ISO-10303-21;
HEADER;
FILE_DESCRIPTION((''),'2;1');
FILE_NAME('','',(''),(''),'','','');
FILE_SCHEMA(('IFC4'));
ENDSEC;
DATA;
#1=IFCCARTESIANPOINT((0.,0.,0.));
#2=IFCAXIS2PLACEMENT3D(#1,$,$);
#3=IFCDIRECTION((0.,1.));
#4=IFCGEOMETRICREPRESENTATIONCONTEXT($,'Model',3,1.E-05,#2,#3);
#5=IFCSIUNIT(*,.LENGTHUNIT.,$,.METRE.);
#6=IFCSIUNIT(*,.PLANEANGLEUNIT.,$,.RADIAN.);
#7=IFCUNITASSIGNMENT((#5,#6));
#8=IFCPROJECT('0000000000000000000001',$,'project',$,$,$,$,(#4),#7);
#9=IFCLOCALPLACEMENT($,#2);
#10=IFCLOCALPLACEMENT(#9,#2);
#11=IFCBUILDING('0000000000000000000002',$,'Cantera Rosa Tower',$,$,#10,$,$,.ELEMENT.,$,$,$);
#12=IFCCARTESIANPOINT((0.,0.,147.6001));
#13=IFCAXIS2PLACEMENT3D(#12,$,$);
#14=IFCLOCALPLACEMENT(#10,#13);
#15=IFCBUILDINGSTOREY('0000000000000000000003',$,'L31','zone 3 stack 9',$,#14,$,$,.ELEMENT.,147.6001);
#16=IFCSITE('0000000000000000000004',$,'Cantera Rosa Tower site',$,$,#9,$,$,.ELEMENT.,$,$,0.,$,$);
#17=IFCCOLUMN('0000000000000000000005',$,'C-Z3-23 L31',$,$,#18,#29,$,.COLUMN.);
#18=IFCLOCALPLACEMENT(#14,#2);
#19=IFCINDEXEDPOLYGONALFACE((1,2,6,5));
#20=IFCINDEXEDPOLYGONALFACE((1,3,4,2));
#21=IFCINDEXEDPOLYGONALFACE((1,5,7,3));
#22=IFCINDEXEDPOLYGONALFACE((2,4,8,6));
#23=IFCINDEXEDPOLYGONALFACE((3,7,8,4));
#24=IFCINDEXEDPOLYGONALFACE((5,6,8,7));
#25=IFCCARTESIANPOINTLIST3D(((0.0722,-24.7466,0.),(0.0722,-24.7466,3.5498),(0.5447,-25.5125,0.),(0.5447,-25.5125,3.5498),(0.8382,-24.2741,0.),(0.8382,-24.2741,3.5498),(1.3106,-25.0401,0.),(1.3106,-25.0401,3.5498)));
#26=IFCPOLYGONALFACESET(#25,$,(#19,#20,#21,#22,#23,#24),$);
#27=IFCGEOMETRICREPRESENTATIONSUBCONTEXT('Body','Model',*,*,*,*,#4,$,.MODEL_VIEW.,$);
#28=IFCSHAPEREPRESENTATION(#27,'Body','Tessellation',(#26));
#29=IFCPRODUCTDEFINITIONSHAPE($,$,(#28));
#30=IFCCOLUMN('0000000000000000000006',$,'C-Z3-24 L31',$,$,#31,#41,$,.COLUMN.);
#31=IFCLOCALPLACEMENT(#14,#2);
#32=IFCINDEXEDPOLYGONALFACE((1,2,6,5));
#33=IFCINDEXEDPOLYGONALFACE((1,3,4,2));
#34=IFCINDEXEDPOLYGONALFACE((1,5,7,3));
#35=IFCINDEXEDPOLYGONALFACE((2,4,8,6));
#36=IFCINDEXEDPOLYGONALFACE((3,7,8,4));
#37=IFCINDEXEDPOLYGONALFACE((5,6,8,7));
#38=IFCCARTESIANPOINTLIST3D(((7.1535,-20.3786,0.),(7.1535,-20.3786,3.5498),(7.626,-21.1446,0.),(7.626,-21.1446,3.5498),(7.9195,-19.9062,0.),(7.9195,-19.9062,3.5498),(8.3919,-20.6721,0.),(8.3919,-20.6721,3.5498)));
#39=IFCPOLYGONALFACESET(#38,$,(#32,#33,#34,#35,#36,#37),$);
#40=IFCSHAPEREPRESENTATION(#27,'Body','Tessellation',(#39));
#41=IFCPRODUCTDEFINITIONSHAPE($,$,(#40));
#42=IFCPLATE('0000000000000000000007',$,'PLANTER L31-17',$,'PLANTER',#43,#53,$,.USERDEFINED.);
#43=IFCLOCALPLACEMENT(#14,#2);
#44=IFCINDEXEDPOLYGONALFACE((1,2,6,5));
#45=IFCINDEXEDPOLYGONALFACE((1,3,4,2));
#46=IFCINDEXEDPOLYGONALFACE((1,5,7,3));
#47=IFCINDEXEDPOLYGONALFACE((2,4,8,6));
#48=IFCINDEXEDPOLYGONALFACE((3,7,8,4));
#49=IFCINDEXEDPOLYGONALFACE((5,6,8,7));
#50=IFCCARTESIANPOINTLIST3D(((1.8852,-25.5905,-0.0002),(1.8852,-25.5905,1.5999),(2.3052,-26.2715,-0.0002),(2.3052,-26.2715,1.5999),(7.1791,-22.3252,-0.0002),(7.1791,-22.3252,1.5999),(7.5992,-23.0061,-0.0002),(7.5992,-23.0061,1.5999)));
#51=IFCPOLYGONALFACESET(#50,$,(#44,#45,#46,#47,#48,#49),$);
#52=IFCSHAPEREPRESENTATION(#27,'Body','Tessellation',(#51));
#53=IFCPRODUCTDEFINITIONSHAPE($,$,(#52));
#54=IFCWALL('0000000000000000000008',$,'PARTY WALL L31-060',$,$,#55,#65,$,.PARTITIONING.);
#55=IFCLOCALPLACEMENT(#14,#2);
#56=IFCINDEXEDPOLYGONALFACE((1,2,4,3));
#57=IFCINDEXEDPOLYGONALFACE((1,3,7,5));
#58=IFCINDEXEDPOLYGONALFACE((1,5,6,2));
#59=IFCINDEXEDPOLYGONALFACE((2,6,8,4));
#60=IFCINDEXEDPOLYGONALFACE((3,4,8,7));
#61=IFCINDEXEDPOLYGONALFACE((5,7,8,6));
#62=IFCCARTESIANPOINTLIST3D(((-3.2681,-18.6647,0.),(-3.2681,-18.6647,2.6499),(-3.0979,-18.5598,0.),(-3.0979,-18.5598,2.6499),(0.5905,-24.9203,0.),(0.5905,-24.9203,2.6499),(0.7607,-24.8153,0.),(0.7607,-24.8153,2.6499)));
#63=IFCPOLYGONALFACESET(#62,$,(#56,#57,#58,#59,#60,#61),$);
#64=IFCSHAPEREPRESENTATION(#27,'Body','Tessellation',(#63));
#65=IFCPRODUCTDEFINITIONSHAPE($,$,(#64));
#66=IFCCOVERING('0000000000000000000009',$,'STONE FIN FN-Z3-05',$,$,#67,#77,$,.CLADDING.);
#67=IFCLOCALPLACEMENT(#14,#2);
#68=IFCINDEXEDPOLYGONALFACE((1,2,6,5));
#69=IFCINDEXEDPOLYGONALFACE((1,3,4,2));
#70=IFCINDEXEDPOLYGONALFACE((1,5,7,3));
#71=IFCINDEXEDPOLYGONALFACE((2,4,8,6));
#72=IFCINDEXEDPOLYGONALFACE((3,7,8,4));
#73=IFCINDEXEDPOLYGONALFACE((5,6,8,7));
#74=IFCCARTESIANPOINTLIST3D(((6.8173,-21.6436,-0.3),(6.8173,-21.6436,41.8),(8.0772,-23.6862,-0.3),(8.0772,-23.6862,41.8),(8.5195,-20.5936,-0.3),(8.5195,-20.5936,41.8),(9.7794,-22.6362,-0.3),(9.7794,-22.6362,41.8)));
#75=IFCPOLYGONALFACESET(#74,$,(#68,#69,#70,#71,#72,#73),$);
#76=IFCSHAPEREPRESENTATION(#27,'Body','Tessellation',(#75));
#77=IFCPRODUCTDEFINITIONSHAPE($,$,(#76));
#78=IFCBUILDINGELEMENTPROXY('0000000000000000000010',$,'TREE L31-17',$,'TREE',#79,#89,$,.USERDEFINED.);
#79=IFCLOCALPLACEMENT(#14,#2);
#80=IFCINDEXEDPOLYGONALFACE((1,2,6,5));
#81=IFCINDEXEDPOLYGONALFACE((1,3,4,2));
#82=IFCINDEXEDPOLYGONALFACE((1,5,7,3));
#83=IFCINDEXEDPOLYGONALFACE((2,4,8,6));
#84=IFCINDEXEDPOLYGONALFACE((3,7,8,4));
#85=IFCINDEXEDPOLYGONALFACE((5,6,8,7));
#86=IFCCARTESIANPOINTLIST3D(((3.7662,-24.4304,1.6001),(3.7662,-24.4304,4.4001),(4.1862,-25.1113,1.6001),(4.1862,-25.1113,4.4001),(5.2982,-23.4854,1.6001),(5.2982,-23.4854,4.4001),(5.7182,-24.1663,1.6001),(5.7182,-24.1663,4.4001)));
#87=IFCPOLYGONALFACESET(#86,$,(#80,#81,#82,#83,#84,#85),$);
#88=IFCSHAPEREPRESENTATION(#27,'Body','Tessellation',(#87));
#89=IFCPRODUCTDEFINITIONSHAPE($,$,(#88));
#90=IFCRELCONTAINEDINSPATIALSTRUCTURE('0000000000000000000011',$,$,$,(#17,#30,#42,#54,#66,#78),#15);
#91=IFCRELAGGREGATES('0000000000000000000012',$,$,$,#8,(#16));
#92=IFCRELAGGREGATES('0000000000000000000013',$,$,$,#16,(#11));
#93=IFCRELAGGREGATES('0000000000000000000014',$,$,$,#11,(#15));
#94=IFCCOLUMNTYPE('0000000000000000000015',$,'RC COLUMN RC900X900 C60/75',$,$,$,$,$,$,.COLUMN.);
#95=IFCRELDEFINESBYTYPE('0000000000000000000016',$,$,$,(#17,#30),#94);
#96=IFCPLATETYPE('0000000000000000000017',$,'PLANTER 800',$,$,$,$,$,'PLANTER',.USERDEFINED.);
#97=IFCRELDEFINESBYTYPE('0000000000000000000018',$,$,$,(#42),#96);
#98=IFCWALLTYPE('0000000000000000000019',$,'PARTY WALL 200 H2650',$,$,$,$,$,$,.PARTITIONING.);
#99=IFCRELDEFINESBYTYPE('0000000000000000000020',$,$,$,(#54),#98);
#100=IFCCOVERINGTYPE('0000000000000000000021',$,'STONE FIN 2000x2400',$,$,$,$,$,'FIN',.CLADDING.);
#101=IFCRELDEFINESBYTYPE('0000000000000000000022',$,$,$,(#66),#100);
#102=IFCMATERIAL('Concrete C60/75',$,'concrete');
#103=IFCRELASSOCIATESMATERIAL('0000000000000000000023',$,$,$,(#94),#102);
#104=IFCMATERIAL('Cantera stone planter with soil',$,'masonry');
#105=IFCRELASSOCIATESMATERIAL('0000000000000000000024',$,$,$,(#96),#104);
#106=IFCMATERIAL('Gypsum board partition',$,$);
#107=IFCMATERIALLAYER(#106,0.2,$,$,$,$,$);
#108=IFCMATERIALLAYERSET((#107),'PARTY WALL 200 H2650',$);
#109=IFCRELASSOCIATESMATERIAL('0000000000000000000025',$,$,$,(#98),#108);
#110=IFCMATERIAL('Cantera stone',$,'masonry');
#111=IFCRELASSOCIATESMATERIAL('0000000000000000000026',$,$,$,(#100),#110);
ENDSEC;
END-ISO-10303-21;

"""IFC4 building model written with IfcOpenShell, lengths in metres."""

from ifc_helpers import new_model, si_unit, direction, frame, frame_2d, origin, origin_2d, place, context, subcontext, project, spatial, rectangle, extrude, material, layer, layer_set, material_profile, profile_set, type_object, element, save


model = new_model("IFC4")

# Units and contexts
model_context = context("Model", 3, precision=1e-05, world=origin(), true_north=direction((0.0, 1.0)))
body_context = subcontext(model_context, "Body", "Model", "MODEL_VIEW")
ifc_project = project(units=[si_unit("LENGTHUNIT", "METRE"), si_unit("PLANEANGLEUNIT", "RADIAN")], contexts=[model_context])

# Site, building, storey
site_placement = place(None, origin())
site = spatial("IfcSite", under=ifc_project, at=site_placement, Name="Cantera Rosa Tower site", CompositionType="ELEMENT", RefElevation=0.0)
building_placement = place(site_placement, origin())
building = spatial("IfcBuilding", under=site, at=building_placement, Name="Cantera Rosa Tower", CompositionType="ELEMENT")
storey_placement = place(building_placement, frame((0.0, 0.0, 147.6001)))
storey = spatial("IfcBuildingStorey", under=building, at=storey_placement, Name="L31", Description="zone 3 stack 9", CompositionType="ELEMENT", Elevation=147.6001)

# Columns
ifc_material_1 = material(Name="Concrete C60/75", Category="concrete")
ifc_material_profile = material_profile(ifc_material_1, rectangle(XDim=0.8999, YDim=0.8999, at=origin_2d()), Name="RC COLUMN RC900X900 C60/75")
ifc_profile_set = profile_set([ifc_material_profile], Name="Concrete C60/75")
column_type = type_object("IfcColumnType", Name="RC COLUMN RC900X900 C60/75", PredefinedType="COLUMN", material=ifc_profile_set)
for number, where, z_axis, x_axis, name in (
    (1, (0.6914, -24.8933, 0.0), (0.0, 0.0, 1.0), (0.851117, 0.524977, 0.0), "C-Z3-23 L31"),
    (2, (7.7727, -20.5254, 0.0), (0.0, 0.0, 1.0), (0.851117, 0.524977, 0.0), "C-Z3-24 L31"),
):
    element("IfcColumn", number, at=place(storey_placement, frame(where, z_axis=z_axis, x_axis=x_axis)), inside=storey, type_object=column_type, Name=name, PredefinedType="COLUMN", context=body_context, shape_type="SweptSolid", body=[
        extrude(rectangle(XDim=0.8999, YDim=0.8999, at=origin_2d()), origin(), (0.0, 0.0, 1.0), 3.5498),
    ])

# Plate
ifc_material_2 = material(Name="Cantera stone planter with soil", Category="masonry")
plate_type = type_object("IfcPlateType", Name="PLANTER 800", ElementType="PLANTER", PredefinedType="USERDEFINED", material=ifc_material_2)
plate_placement = place(storey_placement, frame((4.7422, -24.2983, -0.0002), z_axis=(0.0, 0.0, 1.0), x_axis=(0.851117, 0.524977, 0.0)))
element("IfcPlate", 3, at=plate_placement, inside=storey, type_object=plate_type, Name="PLANTER L31-17", ObjectType="PLANTER", PredefinedType="USERDEFINED", context=body_context, shape_type="SweptSolid", body=[
    extrude(rectangle(XDim=6.22, YDim=0.8, at=origin_2d()), origin(), (0.0, 0.0, 1.0), 1.6001),
])

# Wall
ifc_material_3 = material(Name="Gypsum board partition")
ifc_layer_1 = layer(ifc_material_3, 0.2)
ifc_layer_set_1 = layer_set([ifc_layer_1], Name="PARTY WALL 200 H2650")
wall_type_1 = type_object("IfcWallType", Name="PARTY WALL 200 H2650", PredefinedType="PARTITIONING", material=ifc_layer_set_1)
wall_1_placement = place(storey_placement, frame((0.6755, -24.8677, 0.0), z_axis=(0.0, 0.0, 1.0), x_axis=(-0.524989, 0.851109, 0.0)))
element("IfcWall", 4, at=wall_1_placement, inside=storey, type_object=wall_type_1, Name="PARTY WALL L31-060", PredefinedType="PARTITIONING", context=body_context, shape_type="SweptSolid", body=[
    extrude(rectangle(XDim=7.3499, YDim=0.2, at=frame_2d((3.6748, 0.0))), origin(), (0.0, 0.0, 1.0), 2.6499),
])

# Covering
ifc_material_4 = material(Name="Cantera stone", Category="masonry")
covering_type = type_object("IfcCoveringType", Name="STONE FIN 2000x2400", ElementType="FIN", PredefinedType="CLADDING", material=ifc_material_4)
covering_placement = place(storey_placement, frame((8.2983, -22.1399, -0.3), z_axis=(0.0, 0.0, 1.0), x_axis=(0.851117, 0.524977, 0.0)))
element("IfcCovering", 5, at=covering_placement, inside=storey, type_object=covering_type, Name="STONE FIN FN-Z3-05", PredefinedType="CLADDING", context=body_context, shape_type="SweptSolid", body=[
    extrude(rectangle(XDim=2.0, YDim=2.3999, at=origin_2d()), origin(), (0.0, 0.0, 1.0), 42.1001),
])

# Building element proxy
proxy_placement = place(storey_placement, frame((4.7422, -24.2983, 1.6001), z_axis=(0.0, 0.0, 1.0), x_axis=(0.851117, 0.524977, 0.0)))
element("IfcBuildingElementProxy", 6, at=proxy_placement, inside=storey, Name="TREE L31-17", ObjectType="TREE", PredefinedType="USERDEFINED", context=body_context, shape_type="SweptSolid", body=[
    extrude(rectangle(XDim=1.8, YDim=0.8, at=origin_2d()), origin(), (0.0, 0.0, 1.0), 2.8),
])

save(model, "model.ifc")
